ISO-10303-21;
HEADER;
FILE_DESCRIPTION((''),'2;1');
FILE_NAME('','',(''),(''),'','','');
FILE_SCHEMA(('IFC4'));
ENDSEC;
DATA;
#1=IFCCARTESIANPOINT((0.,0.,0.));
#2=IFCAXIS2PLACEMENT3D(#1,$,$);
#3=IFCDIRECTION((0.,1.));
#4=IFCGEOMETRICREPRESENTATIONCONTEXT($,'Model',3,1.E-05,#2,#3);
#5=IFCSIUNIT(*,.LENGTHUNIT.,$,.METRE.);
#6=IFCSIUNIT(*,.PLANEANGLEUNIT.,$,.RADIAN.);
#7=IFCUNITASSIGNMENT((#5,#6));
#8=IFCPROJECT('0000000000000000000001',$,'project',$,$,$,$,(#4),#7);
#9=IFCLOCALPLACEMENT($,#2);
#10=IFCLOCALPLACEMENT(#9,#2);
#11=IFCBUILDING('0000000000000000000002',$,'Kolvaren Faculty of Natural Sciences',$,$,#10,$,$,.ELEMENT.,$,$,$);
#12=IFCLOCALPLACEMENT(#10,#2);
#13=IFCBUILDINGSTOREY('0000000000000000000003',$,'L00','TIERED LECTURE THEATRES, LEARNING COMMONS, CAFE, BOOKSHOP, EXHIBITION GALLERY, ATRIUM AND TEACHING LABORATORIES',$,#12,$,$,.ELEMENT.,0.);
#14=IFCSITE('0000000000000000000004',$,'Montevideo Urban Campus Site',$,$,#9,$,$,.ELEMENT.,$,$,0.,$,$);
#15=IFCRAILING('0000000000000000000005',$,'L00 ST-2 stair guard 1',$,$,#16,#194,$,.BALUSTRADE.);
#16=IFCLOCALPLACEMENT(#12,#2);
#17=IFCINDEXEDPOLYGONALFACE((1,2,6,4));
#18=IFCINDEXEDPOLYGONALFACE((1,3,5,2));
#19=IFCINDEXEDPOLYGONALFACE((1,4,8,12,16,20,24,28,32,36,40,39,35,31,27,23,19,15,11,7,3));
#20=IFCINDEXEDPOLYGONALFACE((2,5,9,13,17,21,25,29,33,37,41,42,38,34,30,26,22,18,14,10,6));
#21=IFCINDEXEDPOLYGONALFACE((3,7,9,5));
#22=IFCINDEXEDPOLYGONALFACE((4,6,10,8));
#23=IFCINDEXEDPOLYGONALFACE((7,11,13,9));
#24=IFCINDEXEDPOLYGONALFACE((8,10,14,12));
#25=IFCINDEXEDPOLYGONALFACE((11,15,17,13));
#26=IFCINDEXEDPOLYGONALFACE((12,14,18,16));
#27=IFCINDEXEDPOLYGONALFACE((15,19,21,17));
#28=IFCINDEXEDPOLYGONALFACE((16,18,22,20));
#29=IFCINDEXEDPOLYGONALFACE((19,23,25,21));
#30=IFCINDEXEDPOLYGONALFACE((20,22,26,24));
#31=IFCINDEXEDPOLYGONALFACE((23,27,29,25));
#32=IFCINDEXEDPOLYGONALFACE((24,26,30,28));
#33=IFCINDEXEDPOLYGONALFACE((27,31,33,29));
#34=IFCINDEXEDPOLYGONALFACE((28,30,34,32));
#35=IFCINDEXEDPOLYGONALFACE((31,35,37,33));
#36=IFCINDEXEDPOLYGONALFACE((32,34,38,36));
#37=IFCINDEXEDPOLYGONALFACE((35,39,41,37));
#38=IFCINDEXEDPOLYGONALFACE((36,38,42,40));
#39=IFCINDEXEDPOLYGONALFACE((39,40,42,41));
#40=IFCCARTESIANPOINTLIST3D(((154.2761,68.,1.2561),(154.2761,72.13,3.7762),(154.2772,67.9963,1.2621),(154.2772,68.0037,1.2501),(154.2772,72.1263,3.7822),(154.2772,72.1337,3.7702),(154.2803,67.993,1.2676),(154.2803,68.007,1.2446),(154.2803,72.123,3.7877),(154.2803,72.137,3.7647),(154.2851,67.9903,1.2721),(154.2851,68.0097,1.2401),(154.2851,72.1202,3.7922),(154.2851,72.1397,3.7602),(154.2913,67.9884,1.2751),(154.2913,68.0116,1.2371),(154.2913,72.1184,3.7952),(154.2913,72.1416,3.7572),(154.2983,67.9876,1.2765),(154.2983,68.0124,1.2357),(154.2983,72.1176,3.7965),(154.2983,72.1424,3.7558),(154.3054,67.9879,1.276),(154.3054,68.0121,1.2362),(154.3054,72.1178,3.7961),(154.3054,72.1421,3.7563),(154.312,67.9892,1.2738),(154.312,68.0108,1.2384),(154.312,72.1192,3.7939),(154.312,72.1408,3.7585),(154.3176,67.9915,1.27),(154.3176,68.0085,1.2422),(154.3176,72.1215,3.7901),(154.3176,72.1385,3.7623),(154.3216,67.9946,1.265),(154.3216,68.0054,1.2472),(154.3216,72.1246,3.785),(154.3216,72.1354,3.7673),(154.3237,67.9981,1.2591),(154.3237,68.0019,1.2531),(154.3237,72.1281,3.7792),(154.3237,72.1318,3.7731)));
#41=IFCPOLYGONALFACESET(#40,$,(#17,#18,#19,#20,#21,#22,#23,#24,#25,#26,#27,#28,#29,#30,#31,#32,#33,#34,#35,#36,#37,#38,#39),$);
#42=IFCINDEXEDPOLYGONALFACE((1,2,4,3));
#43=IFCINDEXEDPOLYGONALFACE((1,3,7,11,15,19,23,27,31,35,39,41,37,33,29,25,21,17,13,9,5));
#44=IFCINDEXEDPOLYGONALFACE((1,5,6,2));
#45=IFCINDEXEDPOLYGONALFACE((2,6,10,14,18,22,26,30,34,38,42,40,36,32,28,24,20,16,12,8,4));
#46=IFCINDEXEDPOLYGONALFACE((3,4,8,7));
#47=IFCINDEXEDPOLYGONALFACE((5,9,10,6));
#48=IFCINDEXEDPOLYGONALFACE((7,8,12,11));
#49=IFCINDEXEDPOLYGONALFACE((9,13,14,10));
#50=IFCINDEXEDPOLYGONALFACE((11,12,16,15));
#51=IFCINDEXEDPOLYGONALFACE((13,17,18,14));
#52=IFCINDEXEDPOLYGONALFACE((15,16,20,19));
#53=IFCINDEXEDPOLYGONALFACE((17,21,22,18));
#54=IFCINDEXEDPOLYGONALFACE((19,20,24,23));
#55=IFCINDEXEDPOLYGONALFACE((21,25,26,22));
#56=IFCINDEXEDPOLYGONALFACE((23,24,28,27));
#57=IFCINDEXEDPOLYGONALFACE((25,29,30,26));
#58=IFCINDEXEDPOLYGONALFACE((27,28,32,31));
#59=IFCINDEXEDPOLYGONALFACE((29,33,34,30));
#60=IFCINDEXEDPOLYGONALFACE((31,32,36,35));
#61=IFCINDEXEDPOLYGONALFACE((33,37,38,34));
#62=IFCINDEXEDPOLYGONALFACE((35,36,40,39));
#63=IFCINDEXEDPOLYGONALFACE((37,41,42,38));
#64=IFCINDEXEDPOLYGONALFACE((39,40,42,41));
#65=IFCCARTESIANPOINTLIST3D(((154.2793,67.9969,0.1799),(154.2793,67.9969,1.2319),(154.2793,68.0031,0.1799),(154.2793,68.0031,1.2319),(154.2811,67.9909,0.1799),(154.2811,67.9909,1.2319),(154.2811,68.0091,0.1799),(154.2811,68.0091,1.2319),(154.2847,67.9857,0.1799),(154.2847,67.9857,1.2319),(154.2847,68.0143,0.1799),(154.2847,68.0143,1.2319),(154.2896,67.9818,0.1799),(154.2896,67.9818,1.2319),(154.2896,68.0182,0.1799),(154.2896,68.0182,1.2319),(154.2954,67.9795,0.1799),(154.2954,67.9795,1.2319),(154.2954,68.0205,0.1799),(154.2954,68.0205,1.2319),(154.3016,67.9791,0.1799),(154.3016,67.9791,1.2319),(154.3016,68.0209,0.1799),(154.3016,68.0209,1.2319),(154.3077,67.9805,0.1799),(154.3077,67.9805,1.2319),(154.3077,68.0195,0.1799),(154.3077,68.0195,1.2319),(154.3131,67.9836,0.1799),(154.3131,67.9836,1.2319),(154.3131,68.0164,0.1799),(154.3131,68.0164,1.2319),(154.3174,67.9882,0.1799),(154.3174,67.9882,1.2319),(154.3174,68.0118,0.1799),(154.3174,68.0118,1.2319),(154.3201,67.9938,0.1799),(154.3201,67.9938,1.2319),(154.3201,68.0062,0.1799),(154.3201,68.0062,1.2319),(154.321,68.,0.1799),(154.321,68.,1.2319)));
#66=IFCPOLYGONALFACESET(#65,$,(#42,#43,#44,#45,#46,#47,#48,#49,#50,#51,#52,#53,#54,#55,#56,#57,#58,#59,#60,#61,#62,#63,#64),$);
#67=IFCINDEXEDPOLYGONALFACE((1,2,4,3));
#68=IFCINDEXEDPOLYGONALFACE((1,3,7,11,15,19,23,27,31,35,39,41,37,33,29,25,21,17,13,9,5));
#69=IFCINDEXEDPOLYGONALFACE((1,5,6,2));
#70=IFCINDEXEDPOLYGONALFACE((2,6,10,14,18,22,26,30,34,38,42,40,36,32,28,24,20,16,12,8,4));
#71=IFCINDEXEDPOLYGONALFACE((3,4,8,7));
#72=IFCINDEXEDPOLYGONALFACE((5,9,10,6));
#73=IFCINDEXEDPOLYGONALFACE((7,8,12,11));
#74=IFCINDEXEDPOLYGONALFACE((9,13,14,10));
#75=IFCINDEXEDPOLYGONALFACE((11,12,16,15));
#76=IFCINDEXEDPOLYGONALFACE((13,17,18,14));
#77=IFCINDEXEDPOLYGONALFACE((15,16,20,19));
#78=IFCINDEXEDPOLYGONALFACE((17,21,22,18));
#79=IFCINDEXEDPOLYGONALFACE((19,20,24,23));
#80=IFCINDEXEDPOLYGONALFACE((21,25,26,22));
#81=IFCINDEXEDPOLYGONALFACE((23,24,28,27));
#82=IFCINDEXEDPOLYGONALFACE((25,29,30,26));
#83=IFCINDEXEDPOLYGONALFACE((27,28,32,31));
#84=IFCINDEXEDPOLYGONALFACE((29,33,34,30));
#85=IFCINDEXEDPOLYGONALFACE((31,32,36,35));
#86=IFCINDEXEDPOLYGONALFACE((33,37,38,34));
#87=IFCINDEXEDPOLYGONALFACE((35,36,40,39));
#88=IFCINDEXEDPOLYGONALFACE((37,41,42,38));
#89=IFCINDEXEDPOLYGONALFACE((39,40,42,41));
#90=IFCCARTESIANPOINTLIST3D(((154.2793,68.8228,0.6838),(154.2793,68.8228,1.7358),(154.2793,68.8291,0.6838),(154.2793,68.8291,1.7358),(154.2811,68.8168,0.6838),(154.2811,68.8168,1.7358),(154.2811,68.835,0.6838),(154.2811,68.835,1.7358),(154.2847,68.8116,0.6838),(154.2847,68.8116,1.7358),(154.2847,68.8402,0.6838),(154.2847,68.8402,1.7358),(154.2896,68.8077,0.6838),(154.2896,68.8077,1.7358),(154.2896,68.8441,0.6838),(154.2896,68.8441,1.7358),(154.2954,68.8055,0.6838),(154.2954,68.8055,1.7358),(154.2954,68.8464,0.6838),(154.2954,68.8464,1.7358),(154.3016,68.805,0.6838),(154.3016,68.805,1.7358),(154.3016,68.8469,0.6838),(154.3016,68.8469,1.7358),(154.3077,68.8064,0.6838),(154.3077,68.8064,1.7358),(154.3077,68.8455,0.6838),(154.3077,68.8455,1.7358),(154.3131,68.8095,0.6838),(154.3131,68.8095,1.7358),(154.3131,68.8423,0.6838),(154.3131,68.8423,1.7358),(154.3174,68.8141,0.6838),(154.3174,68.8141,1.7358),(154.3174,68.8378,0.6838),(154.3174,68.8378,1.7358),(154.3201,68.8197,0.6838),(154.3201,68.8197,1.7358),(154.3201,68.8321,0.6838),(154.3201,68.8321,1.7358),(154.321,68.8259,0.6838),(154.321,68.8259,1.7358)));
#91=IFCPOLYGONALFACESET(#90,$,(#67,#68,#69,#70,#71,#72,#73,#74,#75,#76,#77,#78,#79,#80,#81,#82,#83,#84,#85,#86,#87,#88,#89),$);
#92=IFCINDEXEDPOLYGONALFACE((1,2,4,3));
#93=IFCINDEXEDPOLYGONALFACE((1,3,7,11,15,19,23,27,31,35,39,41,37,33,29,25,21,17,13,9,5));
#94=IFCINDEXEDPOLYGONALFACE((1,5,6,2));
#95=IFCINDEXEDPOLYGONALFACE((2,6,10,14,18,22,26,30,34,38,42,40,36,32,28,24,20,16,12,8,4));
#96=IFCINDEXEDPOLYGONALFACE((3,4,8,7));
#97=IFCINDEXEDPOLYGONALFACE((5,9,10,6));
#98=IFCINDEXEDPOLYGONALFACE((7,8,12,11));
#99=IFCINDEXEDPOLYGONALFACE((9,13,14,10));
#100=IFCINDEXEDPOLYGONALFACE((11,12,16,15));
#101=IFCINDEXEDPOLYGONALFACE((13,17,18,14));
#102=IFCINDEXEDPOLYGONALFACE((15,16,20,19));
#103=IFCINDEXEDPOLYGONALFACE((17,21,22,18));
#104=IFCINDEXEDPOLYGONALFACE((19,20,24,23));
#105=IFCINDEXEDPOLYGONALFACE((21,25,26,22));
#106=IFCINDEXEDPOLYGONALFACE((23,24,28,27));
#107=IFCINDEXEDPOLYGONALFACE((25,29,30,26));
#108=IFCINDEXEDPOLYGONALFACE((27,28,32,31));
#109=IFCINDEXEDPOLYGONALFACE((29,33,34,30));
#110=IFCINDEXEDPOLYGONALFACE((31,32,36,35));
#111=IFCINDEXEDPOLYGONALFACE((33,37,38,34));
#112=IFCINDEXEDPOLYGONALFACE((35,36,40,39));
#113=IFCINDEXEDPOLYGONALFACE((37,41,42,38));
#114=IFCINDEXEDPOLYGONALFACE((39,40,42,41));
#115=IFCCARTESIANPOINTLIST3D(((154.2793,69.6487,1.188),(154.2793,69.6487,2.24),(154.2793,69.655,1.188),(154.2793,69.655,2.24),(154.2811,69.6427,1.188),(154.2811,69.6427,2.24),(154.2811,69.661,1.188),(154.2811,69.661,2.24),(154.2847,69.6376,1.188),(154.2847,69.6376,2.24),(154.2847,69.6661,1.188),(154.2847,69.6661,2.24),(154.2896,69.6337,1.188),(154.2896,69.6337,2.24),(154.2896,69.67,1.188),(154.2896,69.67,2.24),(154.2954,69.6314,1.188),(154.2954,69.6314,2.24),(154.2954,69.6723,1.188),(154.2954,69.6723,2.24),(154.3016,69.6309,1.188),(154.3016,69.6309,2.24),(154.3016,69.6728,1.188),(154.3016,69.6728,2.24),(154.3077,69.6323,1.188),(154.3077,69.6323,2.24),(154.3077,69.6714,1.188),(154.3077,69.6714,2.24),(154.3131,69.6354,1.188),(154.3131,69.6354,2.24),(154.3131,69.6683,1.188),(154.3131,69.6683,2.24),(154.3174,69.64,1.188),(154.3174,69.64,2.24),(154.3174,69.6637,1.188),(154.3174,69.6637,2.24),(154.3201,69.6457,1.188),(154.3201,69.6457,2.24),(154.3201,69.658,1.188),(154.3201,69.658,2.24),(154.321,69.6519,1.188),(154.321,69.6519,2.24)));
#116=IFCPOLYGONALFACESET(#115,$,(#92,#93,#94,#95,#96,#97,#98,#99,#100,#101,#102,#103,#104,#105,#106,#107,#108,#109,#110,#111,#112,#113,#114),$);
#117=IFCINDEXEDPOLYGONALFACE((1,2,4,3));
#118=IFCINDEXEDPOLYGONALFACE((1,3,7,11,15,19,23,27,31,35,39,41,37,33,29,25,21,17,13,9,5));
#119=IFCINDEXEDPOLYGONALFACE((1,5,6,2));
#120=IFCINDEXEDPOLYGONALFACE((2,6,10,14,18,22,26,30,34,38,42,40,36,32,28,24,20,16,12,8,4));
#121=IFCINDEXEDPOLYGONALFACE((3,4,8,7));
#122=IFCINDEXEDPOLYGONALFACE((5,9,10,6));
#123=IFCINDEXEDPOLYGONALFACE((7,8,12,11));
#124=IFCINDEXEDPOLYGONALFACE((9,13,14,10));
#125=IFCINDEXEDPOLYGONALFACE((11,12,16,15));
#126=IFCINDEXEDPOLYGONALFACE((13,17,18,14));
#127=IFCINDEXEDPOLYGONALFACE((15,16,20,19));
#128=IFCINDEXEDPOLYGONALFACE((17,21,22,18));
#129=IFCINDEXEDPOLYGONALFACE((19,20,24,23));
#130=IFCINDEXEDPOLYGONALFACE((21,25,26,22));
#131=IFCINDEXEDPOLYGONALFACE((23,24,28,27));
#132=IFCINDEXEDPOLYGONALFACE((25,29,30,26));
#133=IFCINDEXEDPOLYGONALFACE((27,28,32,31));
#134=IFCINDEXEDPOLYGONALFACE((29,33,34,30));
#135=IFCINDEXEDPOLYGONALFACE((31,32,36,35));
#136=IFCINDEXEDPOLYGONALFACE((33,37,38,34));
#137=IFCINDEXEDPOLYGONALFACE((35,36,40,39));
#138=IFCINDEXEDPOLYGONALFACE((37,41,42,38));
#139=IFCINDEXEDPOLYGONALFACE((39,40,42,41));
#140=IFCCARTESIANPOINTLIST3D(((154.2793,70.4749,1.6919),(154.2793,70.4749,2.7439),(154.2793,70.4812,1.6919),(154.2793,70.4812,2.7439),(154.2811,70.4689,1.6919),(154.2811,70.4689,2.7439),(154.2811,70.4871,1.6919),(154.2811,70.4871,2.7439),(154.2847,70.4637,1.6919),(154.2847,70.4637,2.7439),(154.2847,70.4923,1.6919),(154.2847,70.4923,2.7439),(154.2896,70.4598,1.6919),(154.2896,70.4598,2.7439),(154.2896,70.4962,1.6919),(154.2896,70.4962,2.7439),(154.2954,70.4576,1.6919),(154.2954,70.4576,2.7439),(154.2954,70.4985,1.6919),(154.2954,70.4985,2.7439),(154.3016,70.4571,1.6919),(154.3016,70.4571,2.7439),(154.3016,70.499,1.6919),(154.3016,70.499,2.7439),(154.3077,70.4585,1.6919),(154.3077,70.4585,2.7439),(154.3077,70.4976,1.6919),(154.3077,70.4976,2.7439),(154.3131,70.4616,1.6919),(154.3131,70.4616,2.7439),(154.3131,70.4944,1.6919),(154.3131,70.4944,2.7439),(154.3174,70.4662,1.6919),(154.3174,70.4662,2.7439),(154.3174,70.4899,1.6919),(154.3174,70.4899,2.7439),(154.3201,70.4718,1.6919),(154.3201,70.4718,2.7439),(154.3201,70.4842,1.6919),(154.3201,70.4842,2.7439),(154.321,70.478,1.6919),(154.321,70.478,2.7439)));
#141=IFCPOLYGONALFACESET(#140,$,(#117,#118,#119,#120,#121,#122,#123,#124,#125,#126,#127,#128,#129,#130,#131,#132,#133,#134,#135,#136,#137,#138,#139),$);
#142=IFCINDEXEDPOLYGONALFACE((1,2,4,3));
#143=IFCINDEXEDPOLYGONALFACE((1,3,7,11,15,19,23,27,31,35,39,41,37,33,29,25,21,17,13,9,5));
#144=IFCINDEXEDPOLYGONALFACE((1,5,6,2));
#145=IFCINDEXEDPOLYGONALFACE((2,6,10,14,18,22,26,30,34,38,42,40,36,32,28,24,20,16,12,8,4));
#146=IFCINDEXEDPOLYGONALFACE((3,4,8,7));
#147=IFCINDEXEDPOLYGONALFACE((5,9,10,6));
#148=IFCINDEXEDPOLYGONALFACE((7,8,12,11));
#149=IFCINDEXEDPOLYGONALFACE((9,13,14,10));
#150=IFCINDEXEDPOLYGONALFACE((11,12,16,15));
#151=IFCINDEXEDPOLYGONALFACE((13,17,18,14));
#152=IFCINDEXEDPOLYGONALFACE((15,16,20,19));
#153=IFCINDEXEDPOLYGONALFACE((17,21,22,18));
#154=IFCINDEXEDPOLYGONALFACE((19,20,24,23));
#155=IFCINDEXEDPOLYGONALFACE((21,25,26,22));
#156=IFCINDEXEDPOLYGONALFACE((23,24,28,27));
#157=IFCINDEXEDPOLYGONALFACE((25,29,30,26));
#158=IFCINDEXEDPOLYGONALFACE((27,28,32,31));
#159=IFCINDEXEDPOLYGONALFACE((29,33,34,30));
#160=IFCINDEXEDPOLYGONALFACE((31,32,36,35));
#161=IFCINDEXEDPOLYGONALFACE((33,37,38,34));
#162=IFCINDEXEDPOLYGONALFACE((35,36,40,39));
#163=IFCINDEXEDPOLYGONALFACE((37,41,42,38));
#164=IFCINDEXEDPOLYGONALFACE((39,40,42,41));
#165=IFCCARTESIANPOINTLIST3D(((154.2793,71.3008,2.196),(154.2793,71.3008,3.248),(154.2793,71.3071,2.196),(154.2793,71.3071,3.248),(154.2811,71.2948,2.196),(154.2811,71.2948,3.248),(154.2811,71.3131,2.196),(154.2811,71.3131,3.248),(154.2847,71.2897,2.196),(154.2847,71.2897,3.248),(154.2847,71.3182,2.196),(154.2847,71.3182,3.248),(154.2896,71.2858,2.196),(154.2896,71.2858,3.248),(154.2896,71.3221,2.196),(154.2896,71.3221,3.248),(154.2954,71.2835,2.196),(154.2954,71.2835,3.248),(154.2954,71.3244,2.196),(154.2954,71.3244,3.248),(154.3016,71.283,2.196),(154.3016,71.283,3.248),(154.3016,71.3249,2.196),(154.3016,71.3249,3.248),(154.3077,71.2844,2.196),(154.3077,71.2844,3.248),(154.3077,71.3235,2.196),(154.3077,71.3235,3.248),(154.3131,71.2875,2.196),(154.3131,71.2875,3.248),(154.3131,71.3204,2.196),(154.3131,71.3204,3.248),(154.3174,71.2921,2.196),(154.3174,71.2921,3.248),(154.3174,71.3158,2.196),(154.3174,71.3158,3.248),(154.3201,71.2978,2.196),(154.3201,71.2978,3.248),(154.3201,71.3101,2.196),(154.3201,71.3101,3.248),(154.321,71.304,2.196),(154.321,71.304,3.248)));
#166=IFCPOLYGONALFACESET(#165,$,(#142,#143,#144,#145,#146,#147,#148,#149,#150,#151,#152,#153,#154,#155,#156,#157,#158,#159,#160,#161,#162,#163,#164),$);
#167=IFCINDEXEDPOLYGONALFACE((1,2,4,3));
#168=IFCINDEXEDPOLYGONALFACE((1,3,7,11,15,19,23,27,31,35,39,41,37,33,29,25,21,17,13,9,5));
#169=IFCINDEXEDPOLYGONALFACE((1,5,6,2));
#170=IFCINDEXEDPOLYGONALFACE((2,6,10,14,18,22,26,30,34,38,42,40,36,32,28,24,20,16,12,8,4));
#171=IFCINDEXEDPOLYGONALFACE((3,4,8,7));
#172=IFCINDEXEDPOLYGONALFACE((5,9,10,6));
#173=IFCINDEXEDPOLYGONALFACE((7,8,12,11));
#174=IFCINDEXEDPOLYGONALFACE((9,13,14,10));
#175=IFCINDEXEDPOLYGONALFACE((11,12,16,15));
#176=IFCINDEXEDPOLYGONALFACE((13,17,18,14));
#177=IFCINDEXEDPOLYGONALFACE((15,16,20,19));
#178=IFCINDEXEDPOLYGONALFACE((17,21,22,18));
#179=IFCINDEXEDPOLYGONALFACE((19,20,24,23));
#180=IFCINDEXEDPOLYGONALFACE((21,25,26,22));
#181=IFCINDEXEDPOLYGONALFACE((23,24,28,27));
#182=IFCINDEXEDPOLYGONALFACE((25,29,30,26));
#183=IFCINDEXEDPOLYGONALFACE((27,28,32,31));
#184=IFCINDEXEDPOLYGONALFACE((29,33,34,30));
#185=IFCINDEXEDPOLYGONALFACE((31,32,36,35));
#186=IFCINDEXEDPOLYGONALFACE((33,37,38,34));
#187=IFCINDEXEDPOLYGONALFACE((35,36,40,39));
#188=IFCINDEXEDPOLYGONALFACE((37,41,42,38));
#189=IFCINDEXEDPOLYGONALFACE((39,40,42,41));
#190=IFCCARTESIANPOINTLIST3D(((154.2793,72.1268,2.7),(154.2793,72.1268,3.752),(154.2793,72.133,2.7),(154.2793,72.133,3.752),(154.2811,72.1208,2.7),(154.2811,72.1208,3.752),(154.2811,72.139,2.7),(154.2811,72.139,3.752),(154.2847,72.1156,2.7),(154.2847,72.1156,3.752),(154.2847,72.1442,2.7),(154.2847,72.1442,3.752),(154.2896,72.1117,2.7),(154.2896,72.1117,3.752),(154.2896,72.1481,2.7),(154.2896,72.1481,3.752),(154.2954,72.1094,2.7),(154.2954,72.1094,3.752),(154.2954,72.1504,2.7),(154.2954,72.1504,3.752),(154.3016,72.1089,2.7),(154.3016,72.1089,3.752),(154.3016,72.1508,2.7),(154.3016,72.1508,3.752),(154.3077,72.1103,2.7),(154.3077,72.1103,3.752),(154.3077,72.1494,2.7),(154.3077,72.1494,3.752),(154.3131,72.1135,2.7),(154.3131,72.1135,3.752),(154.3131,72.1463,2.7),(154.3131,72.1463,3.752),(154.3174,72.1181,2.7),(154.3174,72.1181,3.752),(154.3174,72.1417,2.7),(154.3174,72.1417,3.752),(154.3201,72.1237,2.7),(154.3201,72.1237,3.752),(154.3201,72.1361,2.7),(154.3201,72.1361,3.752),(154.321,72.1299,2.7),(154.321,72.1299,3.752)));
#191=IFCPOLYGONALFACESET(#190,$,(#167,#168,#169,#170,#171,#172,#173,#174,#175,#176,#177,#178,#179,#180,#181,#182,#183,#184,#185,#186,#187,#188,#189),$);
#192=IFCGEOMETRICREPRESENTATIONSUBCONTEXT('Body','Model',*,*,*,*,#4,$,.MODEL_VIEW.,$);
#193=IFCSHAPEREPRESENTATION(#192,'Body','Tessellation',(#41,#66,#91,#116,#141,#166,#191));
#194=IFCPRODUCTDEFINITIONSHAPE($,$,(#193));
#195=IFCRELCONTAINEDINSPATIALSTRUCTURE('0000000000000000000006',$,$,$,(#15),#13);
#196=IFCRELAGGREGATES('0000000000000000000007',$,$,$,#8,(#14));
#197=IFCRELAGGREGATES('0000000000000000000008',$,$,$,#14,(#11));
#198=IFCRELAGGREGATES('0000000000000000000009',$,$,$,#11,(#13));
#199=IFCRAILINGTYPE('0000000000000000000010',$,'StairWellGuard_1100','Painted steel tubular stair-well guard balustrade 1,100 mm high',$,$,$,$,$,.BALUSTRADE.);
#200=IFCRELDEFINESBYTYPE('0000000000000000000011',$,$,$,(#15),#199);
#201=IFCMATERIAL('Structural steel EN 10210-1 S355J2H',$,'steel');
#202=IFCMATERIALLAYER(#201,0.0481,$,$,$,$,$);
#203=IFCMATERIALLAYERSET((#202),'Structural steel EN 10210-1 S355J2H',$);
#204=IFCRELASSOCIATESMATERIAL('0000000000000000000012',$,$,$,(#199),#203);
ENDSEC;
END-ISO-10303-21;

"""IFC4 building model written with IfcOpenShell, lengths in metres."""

from ifc_helpers import new_model, si_unit, direction, frame, origin, origin_2d, place, context, subcontext, project, spatial, circle, extrude, material, layer, layer_set, type_object, element, save


model = new_model("IFC4")

# Units and contexts
model_context = context("Model", 3, precision=1e-05, world=origin(), true_north=direction((0.0, 1.0)))
body_context = subcontext(model_context, "Body", "Model", "MODEL_VIEW")
ifc_project = project(units=[si_unit("LENGTHUNIT", "METRE"), si_unit("PLANEANGLEUNIT", "RADIAN")], contexts=[model_context])

# Site, building, storey
site_placement = place(None, origin())
site = spatial("IfcSite", under=ifc_project, at=site_placement, Name="Montevideo Urban Campus Site", CompositionType="ELEMENT", RefElevation=0.0)
building_placement = place(site_placement, origin())
building = spatial("IfcBuilding", under=site, at=building_placement, Name="Kolvaren Faculty of Natural Sciences", CompositionType="ELEMENT")
storey_placement = place(building_placement, origin())
storey = spatial("IfcBuildingStorey", under=building, at=storey_placement, Name="L00", Description="TIERED LECTURE THEATRES, LEARNING COMMONS, CAFE, BOOKSHOP, EXHIBITION GALLERY, ATRIUM AND TEACHING LABORATORIES", CompositionType="ELEMENT", Elevation=0.0)

# Railing
ifc_material_1 = material(Name="Structural steel EN 10210-1 S355J2H", Category="steel")
ifc_layer_1 = layer(ifc_material_1, 0.0481)
ifc_layer_set_1 = layer_set([ifc_layer_1], Name="Structural steel EN 10210-1 S355J2H")
railing_type_1 = type_object("IfcRailingType", Name="StairWellGuard_1100", Description="Painted steel tubular stair-well guard balustrade 1,100 mm high", PredefinedType="BALUSTRADE", material=ifc_layer_set_1)
railing_1_placement = place(storey_placement, frame((154.3, 68.0, 0.1799)))
element("IfcRailing", 1, at=railing_1_placement, inside=storey, type_object=railing_type_1, Name="L00 ST-2 stair guard 1", PredefinedType="BALUSTRADE", context=body_context, shape_type="SweptSolid", body=[
    extrude(circle(Radius=0.0239, at=origin_2d()), frame((0.0, 0.0, 1.0762), z_axis=(0.0, 0.853631, 0.520878), x_axis=(-1.0, 0.0, 0.0)), (0.0, 0.0, 1.0), 4.8381),
    extrude(circle(Radius=0.021, at=origin_2d()), origin(), (0.0, 0.0, 1.0), 1.052),
    extrude(circle(Radius=0.021, at=origin_2d()), frame((0.0, 0.8259, 0.5039)), (0.0, 0.0, 1.0), 1.052),
    extrude(circle(Radius=0.021, at=origin_2d()), frame((0.0, 1.6519, 1.0081)), (0.0, 0.0, 1.0), 1.052),
    extrude(circle(Radius=0.021, at=origin_2d()), frame((0.0, 2.478, 1.512)), (0.0, 0.0, 1.0), 1.052),
    extrude(circle(Radius=0.021, at=origin_2d()), frame((0.0, 3.304, 2.0161)), (0.0, 0.0, 1.0), 1.052),
    extrude(circle(Radius=0.021, at=origin_2d()), frame((0.0, 4.1299, 2.52)), (0.0, 0.0, 1.0), 1.052),
])

save(model, "model.ifc")
